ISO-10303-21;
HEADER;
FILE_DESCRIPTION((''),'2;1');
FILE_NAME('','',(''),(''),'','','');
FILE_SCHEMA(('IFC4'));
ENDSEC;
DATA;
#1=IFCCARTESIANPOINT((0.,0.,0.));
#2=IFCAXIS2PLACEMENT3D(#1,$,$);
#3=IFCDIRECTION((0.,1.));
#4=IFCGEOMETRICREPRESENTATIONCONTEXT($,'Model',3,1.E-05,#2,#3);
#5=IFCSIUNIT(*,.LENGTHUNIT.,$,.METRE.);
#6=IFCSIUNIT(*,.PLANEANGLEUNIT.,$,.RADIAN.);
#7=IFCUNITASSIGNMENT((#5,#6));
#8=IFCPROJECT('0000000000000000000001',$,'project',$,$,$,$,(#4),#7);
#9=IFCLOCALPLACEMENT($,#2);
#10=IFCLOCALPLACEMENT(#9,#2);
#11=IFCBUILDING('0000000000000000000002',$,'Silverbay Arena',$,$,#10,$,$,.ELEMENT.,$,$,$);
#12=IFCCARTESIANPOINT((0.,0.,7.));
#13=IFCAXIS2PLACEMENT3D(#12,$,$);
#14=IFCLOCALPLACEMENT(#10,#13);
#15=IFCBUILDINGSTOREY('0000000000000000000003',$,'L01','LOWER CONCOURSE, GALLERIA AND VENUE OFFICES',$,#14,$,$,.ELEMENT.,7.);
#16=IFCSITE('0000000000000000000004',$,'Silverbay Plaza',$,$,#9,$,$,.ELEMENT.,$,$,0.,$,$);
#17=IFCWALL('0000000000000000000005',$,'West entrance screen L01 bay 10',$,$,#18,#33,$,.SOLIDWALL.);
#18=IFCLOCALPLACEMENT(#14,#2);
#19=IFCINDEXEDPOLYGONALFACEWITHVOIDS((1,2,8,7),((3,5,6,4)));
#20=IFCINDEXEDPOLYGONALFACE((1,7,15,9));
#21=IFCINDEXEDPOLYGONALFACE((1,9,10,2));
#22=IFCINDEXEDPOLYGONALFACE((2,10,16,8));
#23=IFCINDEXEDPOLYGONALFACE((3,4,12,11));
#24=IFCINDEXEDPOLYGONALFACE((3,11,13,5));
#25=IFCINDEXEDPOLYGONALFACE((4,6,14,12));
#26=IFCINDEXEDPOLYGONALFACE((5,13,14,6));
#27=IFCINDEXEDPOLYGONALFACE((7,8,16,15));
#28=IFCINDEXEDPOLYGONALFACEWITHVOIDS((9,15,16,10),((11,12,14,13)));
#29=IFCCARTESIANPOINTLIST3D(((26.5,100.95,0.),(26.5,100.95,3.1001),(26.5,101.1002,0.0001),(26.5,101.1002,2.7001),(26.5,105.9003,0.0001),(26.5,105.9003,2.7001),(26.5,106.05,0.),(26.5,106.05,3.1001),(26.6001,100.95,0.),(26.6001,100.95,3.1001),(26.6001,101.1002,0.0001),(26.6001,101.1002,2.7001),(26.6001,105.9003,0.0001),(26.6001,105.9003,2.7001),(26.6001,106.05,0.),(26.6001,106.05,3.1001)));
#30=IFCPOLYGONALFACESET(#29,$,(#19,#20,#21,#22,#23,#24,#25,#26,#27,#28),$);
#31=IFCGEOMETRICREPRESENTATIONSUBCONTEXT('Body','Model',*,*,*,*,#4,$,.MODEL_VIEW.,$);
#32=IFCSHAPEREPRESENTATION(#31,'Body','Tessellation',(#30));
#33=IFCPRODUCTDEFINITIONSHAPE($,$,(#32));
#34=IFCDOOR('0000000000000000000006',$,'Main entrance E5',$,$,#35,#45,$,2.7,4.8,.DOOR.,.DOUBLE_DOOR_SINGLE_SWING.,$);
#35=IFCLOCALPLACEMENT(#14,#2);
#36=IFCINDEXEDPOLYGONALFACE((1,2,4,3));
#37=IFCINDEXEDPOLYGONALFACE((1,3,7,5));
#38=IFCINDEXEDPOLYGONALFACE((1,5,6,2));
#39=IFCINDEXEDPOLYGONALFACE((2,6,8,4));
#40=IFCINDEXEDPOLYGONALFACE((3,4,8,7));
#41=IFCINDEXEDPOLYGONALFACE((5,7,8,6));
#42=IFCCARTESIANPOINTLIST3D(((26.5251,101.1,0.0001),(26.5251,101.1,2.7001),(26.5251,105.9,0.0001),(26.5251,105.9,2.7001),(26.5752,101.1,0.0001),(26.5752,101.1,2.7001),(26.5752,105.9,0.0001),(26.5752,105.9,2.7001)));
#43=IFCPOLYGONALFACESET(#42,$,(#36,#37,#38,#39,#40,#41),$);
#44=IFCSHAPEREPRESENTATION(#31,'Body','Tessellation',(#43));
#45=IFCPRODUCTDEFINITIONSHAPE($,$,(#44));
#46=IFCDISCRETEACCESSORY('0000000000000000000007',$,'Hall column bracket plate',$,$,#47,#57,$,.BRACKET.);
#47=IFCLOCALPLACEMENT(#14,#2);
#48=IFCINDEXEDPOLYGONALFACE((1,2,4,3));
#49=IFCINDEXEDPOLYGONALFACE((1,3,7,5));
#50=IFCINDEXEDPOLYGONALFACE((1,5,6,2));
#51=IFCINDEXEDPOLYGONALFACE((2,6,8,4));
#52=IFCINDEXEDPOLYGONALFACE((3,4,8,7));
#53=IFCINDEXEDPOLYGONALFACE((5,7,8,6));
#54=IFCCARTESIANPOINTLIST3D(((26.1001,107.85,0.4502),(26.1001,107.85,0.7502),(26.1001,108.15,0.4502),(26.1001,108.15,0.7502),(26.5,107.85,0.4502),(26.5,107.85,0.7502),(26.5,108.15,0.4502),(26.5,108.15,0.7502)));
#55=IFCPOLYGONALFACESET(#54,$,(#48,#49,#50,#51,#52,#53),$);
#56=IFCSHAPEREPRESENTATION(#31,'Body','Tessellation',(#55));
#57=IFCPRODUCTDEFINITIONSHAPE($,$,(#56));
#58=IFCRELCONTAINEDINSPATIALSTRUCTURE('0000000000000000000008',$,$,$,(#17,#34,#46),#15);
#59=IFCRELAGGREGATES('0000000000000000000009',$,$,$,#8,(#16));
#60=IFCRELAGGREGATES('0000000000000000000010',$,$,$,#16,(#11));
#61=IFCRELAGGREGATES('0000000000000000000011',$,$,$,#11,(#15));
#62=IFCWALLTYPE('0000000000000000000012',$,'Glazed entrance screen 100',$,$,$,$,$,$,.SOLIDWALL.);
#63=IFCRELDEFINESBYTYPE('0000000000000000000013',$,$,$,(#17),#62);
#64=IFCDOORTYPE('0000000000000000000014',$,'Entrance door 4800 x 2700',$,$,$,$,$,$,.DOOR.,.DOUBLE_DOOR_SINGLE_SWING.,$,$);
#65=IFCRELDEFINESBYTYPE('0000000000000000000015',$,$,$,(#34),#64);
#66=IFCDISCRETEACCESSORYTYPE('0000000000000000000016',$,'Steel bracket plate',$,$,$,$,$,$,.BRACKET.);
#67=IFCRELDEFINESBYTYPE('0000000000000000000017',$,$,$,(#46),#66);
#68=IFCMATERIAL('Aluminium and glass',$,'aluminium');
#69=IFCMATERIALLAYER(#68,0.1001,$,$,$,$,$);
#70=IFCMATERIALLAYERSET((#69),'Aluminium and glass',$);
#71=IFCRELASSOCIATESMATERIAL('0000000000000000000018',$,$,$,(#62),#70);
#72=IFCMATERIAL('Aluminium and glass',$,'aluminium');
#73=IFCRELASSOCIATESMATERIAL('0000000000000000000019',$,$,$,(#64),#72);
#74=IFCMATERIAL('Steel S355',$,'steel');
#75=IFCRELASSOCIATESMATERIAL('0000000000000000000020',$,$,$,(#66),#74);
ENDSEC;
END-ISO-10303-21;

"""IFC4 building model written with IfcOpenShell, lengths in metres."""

from ifc_helpers import new_model, si_unit, direction, frame, frame_2d, origin, origin_2d, place, context, subcontext, project, spatial, rectangle, extrude, material, layer, layer_set, type_object, element, fill, save


model = new_model("IFC4")

# Units and contexts
model_context = context("Model", 3, precision=1e-05, world=origin(), true_north=direction((0.0, 1.0)))
body_context = subcontext(model_context, "Body", "Model", "MODEL_VIEW")
ifc_project = project(units=[si_unit("LENGTHUNIT", "METRE"), si_unit("PLANEANGLEUNIT", "RADIAN")], contexts=[model_context])

# Site, building, storey
site_placement = place(None, origin())
site = spatial("IfcSite", under=ifc_project, at=site_placement, Name="Silverbay Plaza", CompositionType="ELEMENT", RefElevation=0.0)
building_placement = place(site_placement, origin())
building = spatial("IfcBuilding", under=site, at=building_placement, Name="Silverbay Arena", CompositionType="ELEMENT")
storey_placement = place(building_placement, frame((0.0, 0.0, 7.0)))
storey = spatial("IfcBuildingStorey", under=building, at=storey_placement, Name="L01", Description="LOWER CONCOURSE, GALLERIA AND VENUE OFFICES", CompositionType="ELEMENT", Elevation=7.0)

# Wall, opening, door
ifc_material_1 = material(Name="Aluminium and glass", Category="aluminium")
ifc_layer_1 = layer(ifc_material_1, 0.1001)
ifc_layer_set_1 = layer_set([ifc_layer_1], Name="Aluminium and glass")
wall_type = type_object("IfcWallType", Name="Glazed entrance screen 100", PredefinedType="SOLIDWALL", material=ifc_layer_set_1)
wall_placement = place(storey_placement, frame((26.55, 106.05, 0.0), z_axis=(0.0, 0.0, 1.0), x_axis=(0.0, -1.0, 0.0)))
wall = element("IfcWall", 1, at=wall_placement, inside=storey, type_object=wall_type, Name="West entrance screen L01 bay 10", PredefinedType="SOLIDWALL", context=body_context, shape_type="SweptSolid", body=[
    extrude(rectangle(XDim=5.1001, YDim=0.1001, at=frame_2d((2.55, 0.0))), origin(), (0.0, 0.0, 1.0), 3.1001),
])
opening_placement = place(wall_placement, frame((0.1499, 0.0, 0.0)))
opening = element("IfcOpeningElement", 2, at=opening_placement, cuts=wall, PredefinedType="OPENING", context=body_context, shape_type="SweptSolid", body=[
    extrude(rectangle(XDim=4.8, YDim=2.7, at=frame_2d((2.3999, 1.3501))), frame((0.0, 0.0601, 0.0), z_axis=(0.0, -1.0, 0.0), x_axis=(1.0, 0.0, 0.0)), (0.0, 0.0, 1.0), 0.1201),
])
ifc_material_2 = material(Name="Aluminium and glass", Category="aluminium")
door_type = type_object("IfcDoorType", Name="Entrance door 4800 x 2700", OperationType="DOUBLE_DOOR_SINGLE_SWING", PredefinedType="DOOR", material=ifc_material_2)
door_placement = place(opening_placement, frame((4.8, 0.0, 0.0), z_axis=(0.0, 0.0, 1.0), x_axis=(-1.0, 0.0, 0.0)))
door = element("IfcDoor", 3, at=door_placement, inside=storey, type_object=door_type, Name="Main entrance E5", OperationType="DOUBLE_DOOR_SINGLE_SWING", OverallHeight=2.7, OverallWidth=4.8, PredefinedType="DOOR", context=body_context, shape_type="SweptSolid", body=[
    extrude(rectangle(XDim=4.8, YDim=2.7, at=frame_2d((2.3999, 1.3501))), frame((0.0, 0.0249, 0.0), z_axis=(0.0, -1.0, 0.0), x_axis=(1.0, 0.0, 0.0)), (0.0, 0.0, 1.0), 0.05),
])
fill(opening, door)

# Discrete accessory
ifc_material_3 = material(Name="Steel S355", Category="steel")
discrete_accessory_type = type_object("IfcDiscreteAccessoryType", Name="Steel bracket plate", PredefinedType="BRACKET", material=ifc_material_3)
discrete_accessory_placement = place(storey_placement, frame((26.3, 108.0, 0.4502), z_axis=(0.0, 0.0, 1.0), x_axis=(1.0, 0.0, 0.0)))
element("IfcDiscreteAccessory", 4, at=discrete_accessory_placement, inside=storey, type_object=discrete_accessory_type, Name="Hall column bracket plate", PredefinedType="BRACKET", context=body_context, shape_type="SweptSolid", body=[
    extrude(rectangle(XDim=0.3999, YDim=0.3, at=origin_2d()), origin(), (0.0, 0.0, 1.0), 0.3),
])

save(model, "model.ifc")
